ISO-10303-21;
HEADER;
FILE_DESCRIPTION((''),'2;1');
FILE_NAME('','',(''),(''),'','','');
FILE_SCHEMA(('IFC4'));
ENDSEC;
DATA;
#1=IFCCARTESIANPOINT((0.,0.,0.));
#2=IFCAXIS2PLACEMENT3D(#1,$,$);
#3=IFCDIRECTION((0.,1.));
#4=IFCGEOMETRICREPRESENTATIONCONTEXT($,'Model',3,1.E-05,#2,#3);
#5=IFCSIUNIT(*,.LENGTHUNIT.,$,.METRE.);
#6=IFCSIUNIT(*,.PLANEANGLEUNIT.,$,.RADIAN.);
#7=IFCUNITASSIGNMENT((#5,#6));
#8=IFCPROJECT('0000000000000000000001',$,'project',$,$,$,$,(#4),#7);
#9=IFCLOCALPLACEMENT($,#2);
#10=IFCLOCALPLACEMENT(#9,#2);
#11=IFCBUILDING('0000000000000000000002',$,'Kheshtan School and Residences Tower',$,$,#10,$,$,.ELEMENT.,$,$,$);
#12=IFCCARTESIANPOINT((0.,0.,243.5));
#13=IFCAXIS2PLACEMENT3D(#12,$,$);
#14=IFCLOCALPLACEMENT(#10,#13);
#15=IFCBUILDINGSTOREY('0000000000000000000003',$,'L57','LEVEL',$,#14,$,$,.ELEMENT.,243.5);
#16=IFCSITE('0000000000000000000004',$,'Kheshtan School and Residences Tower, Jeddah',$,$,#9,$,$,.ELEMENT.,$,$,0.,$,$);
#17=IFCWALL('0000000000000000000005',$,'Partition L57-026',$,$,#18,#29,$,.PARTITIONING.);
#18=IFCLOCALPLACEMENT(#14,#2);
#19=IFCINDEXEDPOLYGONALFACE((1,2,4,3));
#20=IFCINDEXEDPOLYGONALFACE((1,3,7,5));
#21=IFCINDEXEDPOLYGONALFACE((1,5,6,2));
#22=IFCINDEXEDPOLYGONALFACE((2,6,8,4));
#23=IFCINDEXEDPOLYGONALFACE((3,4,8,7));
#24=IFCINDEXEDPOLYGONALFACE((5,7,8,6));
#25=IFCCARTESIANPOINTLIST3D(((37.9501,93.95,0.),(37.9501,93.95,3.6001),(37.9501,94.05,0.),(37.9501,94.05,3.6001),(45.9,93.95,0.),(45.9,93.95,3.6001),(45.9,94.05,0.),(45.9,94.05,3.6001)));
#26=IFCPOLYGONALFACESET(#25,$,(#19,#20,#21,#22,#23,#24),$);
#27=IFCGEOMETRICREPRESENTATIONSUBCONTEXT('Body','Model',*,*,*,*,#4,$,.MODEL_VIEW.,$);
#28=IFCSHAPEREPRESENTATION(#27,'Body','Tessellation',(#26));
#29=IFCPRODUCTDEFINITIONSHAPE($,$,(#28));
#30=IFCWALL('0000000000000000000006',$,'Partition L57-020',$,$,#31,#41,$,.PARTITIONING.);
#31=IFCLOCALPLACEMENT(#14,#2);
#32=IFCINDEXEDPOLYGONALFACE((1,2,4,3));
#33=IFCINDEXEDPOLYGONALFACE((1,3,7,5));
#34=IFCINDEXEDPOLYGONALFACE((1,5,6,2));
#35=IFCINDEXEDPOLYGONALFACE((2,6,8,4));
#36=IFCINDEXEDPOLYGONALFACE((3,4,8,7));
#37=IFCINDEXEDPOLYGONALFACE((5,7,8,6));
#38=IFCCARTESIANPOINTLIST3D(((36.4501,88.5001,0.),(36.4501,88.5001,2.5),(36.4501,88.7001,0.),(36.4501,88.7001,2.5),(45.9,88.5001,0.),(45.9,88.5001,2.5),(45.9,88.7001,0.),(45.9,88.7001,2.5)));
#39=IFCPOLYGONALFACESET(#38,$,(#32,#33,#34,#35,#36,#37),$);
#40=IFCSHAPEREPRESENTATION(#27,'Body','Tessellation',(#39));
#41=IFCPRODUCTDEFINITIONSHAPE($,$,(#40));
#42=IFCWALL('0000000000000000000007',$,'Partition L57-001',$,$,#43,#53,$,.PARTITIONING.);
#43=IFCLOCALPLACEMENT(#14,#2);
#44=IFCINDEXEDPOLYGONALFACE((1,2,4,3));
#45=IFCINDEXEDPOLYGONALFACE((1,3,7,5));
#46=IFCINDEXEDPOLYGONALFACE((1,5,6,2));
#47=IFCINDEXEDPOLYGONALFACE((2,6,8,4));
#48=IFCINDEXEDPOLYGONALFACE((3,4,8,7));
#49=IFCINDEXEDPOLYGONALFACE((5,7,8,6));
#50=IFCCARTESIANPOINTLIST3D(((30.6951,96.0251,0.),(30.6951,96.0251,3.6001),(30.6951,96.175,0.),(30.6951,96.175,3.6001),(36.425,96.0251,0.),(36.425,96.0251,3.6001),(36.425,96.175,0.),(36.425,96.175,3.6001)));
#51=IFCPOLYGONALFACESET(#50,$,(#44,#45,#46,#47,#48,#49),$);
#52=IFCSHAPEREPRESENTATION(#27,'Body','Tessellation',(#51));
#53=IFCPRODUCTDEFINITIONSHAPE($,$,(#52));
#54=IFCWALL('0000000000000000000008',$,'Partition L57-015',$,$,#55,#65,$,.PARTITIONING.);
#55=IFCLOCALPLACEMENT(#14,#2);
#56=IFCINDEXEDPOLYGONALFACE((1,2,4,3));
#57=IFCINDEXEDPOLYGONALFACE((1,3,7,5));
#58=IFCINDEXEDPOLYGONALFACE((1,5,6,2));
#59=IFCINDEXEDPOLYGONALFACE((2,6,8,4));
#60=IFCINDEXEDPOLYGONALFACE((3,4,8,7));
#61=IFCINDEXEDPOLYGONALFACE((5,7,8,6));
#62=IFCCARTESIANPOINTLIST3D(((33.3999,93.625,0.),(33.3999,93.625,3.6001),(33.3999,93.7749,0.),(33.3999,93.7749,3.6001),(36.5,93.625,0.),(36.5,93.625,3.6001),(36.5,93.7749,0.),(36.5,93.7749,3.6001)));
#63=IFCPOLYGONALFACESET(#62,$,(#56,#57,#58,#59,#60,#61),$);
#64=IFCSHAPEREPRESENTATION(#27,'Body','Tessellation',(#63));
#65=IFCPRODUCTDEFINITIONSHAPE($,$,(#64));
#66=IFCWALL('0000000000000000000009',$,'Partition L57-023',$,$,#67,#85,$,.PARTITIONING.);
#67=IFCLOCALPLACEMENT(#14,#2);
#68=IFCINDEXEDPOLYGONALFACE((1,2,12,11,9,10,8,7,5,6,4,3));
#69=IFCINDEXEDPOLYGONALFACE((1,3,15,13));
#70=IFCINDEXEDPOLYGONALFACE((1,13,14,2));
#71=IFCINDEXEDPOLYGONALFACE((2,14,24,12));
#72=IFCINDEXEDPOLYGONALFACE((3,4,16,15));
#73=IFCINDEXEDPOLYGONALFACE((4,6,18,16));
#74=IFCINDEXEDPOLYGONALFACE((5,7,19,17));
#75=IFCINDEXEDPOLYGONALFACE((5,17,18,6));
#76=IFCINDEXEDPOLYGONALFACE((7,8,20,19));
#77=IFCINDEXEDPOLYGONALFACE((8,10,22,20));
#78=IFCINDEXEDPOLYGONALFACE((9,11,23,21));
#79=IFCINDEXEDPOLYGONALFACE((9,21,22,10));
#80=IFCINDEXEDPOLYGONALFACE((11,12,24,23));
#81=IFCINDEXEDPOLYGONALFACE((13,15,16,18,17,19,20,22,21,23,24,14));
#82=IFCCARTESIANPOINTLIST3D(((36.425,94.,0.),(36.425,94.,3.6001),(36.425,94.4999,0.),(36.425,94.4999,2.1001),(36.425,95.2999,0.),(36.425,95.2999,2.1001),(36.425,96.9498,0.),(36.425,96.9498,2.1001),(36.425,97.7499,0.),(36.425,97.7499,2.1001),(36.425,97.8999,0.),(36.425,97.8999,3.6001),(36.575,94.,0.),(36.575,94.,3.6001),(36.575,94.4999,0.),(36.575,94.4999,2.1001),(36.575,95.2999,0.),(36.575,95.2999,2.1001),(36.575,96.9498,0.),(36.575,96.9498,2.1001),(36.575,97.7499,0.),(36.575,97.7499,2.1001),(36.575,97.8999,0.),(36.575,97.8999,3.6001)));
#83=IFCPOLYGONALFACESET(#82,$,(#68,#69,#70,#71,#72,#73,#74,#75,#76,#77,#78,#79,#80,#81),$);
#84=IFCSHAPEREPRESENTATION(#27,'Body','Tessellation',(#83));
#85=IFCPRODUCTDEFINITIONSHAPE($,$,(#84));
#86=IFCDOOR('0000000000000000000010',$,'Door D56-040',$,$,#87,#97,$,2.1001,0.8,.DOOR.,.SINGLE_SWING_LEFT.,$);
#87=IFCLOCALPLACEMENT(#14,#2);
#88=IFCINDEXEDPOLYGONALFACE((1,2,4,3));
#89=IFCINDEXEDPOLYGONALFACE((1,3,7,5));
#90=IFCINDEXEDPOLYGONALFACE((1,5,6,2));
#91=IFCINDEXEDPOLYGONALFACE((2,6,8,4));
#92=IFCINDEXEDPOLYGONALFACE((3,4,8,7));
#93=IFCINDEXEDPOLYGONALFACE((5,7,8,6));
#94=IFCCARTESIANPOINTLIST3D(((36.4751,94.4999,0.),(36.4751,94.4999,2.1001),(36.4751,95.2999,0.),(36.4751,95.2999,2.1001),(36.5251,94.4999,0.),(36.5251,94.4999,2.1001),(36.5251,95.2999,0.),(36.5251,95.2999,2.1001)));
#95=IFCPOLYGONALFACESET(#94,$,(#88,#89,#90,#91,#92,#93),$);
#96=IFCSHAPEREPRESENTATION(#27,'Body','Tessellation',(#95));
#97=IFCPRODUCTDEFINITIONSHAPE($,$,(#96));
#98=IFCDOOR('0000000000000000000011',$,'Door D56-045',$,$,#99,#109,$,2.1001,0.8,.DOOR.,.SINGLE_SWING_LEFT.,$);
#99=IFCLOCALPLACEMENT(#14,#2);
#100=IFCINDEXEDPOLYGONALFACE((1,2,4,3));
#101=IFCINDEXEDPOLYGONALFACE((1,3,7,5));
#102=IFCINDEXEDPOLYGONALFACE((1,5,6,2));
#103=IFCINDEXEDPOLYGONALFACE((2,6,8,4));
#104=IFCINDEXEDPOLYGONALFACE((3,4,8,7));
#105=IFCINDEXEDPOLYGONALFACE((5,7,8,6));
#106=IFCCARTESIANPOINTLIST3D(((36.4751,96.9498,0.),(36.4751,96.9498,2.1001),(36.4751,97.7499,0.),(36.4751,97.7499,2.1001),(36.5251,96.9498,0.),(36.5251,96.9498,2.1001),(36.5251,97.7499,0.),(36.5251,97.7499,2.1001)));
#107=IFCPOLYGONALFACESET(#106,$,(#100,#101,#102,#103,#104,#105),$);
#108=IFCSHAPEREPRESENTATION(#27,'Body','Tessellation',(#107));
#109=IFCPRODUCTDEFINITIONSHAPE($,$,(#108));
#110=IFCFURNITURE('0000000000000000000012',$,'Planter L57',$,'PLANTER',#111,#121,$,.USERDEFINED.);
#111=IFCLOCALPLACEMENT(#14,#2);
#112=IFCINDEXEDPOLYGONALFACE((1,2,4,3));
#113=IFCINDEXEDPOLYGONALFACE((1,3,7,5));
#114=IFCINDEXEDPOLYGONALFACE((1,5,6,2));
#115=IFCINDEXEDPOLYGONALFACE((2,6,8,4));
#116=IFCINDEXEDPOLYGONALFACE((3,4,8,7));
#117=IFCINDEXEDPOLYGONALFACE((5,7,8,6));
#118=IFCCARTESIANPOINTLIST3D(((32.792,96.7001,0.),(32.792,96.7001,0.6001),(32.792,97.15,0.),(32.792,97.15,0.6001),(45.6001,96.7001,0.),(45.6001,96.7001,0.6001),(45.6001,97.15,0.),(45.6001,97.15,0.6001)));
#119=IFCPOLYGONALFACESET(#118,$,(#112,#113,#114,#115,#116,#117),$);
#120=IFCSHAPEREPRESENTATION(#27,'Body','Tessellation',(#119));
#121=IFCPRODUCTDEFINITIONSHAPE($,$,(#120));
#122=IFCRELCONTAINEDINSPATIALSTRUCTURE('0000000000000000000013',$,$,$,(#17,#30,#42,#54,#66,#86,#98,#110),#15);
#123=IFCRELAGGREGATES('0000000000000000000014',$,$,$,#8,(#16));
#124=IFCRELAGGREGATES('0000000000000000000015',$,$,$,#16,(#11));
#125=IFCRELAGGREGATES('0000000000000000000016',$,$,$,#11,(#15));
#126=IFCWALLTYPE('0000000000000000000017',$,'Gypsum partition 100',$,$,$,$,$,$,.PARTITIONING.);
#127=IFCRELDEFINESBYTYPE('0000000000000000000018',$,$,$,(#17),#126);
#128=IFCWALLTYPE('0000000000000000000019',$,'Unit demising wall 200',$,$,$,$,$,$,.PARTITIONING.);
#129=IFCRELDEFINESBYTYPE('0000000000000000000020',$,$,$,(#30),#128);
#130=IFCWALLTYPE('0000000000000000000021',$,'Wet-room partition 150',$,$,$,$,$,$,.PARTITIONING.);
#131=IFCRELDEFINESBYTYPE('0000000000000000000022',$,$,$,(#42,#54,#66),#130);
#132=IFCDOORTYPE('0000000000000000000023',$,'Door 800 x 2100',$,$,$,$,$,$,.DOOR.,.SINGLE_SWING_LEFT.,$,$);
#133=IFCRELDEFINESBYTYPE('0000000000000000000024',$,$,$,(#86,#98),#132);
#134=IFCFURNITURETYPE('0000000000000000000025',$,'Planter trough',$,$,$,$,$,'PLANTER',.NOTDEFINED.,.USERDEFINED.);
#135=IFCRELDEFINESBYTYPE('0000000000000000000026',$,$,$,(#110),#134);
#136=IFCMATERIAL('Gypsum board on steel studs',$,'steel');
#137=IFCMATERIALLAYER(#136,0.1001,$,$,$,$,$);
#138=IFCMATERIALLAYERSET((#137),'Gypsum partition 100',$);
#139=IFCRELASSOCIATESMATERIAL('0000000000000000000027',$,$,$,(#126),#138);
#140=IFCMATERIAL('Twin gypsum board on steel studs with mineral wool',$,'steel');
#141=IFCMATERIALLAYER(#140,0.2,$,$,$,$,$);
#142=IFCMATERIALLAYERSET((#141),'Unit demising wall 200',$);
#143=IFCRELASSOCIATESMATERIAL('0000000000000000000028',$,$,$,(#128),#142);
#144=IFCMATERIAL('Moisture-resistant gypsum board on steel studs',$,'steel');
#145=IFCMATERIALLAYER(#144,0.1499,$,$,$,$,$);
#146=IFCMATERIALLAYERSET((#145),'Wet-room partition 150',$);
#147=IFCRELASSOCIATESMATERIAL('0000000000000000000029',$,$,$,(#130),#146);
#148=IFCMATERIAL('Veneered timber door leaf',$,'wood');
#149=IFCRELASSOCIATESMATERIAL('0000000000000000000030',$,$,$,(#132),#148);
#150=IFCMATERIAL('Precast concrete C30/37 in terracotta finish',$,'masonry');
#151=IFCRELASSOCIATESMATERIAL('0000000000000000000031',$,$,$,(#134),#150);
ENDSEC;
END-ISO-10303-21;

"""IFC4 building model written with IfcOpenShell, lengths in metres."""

from ifc_helpers import new_model, si_unit, direction, frame, frame_2d, origin, origin_2d, place, context, subcontext, project, spatial, rectangle, extrude, source, transform, mapped, material, layer, layer_set, type_object, element, fill, save


model = new_model("IFC4")

# Units and contexts
model_context = context("Model", 3, precision=1e-05, world=origin(), true_north=direction((0.0, 1.0)))
body_context = subcontext(model_context, "Body", "Model", "MODEL_VIEW")
ifc_project = project(units=[si_unit("LENGTHUNIT", "METRE"), si_unit("PLANEANGLEUNIT", "RADIAN")], contexts=[model_context])

# Site, building, storey
site_placement = place(None, origin())
site = spatial("IfcSite", under=ifc_project, at=site_placement, Name="Kheshtan School and Residences Tower, Jeddah", CompositionType="ELEMENT", RefElevation=0.0)
building_placement = place(site_placement, origin())
building = spatial("IfcBuilding", under=site, at=building_placement, Name="Kheshtan School and Residences Tower", CompositionType="ELEMENT")
storey_placement = place(building_placement, frame((0.0, 0.0, 243.5)))
storey = spatial("IfcBuildingStorey", under=building, at=storey_placement, Name="L57", Description="LEVEL", CompositionType="ELEMENT", Elevation=243.5)

# Shared definitions
ifc_material_1 = material(Name="Gypsum board on steel studs", Category="steel")
ifc_layer_1 = layer(ifc_material_1, 0.1001)
ifc_layer_set_1 = layer_set([ifc_layer_1], Name="Gypsum partition 100")
wall_type_1 = type_object("IfcWallType", Name="Gypsum partition 100", PredefinedType="PARTITIONING", material=ifc_layer_set_1)

# Shared definitions
ifc_material_2 = material(Name="Veneered timber door leaf", Category="wood")

# Walls
wall_1_placement = place(storey_placement, frame((37.95, 94.0, 0.0), z_axis=(0.0, 0.0, 1.0), x_axis=(1.0, 0.0, 0.0)))
element("IfcWall", 1, at=wall_1_placement, inside=storey, type_object=wall_type_1, Name="Partition L57-026", PredefinedType="PARTITIONING", context=body_context, shape_type="SweptSolid", body=[
    extrude(rectangle(XDim=7.95, YDim=0.1001, at=frame_2d((3.9751, 0.0))), origin(), (0.0, 0.0, 1.0), 3.6001),
])
ifc_material_3 = material(Name="Twin gypsum board on steel studs with mineral wool", Category="steel")
ifc_layer_2 = layer(ifc_material_3, 0.2)
ifc_layer_set_2 = layer_set([ifc_layer_2], Name="Unit demising wall 200")
wall_type_2 = type_object("IfcWallType", Name="Unit demising wall 200", PredefinedType="PARTITIONING", material=ifc_layer_set_2)
wall_2_placement = place(storey_placement, frame((36.45, 88.6001, 0.0), z_axis=(0.0, 0.0, 1.0), x_axis=(1.0, 0.0, 0.0)))
element("IfcWall", 2, at=wall_2_placement, inside=storey, type_object=wall_type_2, Name="Partition L57-020", PredefinedType="PARTITIONING", context=body_context, shape_type="SweptSolid", body=[
    extrude(rectangle(XDim=9.45, YDim=0.2, at=frame_2d((4.7251, 0.0))), origin(), (0.0, 0.0, 1.0), 2.5),
])
ifc_material_4 = material(Name="Moisture-resistant gypsum board on steel studs", Category="steel")
ifc_layer_3 = layer(ifc_material_4, 0.1499)
ifc_layer_set_3 = layer_set([ifc_layer_3], Name="Wet-room partition 150")
wall_type_3 = type_object("IfcWallType", Name="Wet-room partition 150", PredefinedType="PARTITIONING", material=ifc_layer_set_3)
wall_3_placement = place(storey_placement, frame((30.6951, 96.1001, 0.0), z_axis=(0.0, 0.0, 1.0), x_axis=(1.0, 0.0, 0.0)))
element("IfcWall", 3, at=wall_3_placement, inside=storey, type_object=wall_type_3, Name="Partition L57-001", PredefinedType="PARTITIONING", context=body_context, shape_type="SweptSolid", body=[
    extrude(rectangle(XDim=5.73, YDim=0.1499, at=frame_2d((2.865, 0.0))), origin(), (0.0, 0.0, 1.0), 3.6001),
])
wall_4_placement = place(storey_placement, frame((33.3999, 93.7, 0.0), z_axis=(0.0, 0.0, 1.0), x_axis=(1.0, 0.0, 0.0)))
element("IfcWall", 4, at=wall_4_placement, inside=storey, type_object=wall_type_3, Name="Partition L57-015", PredefinedType="PARTITIONING", context=body_context, shape_type="SweptSolid", body=[
    extrude(rectangle(XDim=3.1001, YDim=0.1499, at=frame_2d((1.55, 0.0))), origin(), (0.0, 0.0, 1.0), 3.6001),
])

# Wall, openings, doors
wall_5_placement = place(storey_placement, frame((36.5, 94.0, 0.0), z_axis=(0.0, 0.0, 1.0), x_axis=(0.0, 1.0, 0.0)))
wall_5 = element("IfcWall", 5, at=wall_5_placement, inside=storey, type_object=wall_type_3, Name="Partition L57-023", PredefinedType="PARTITIONING", context=body_context, shape_type="SweptSolid", body=[
    extrude(rectangle(XDim=3.8999, YDim=0.1499, at=frame_2d((1.95, 0.0))), origin(), (0.0, 0.0, 1.0), 3.6001),
])
opening_1_placement = place(wall_5_placement, frame((0.5, 0.0, 0.0)))
opening_1 = element("IfcOpeningElement", 6, at=opening_1_placement, cuts=wall_5, PredefinedType="OPENING", context=body_context, shape_type="SweptSolid", body=[
    extrude(rectangle(XDim=0.8, YDim=2.1001, at=frame_2d((0.3999, 1.05))), frame((0.0, 0.085, 0.0), z_axis=(0.0, -1.0, 0.0), x_axis=(1.0, 0.0, 0.0)), (0.0, 0.0, 1.0), 0.1699),
])
opening_2_placement = place(wall_5_placement, frame((2.95, 0.0, 0.0)))
opening_2 = element("IfcOpeningElement", 7, at=opening_2_placement, cuts=wall_5, PredefinedType="OPENING", context=body_context, shape_type="SweptSolid", body=[
    extrude(rectangle(XDim=0.8, YDim=2.1001, at=frame_2d((0.3999, 1.05))), frame((0.0, 0.085, 0.0), z_axis=(0.0, -1.0, 0.0), x_axis=(1.0, 0.0, 0.0)), (0.0, 0.0, 1.0), 0.1699),
])
door_type_1 = type_object("IfcDoorType", Name="Door 800 x 2100", OperationType="SINGLE_SWING_LEFT", PredefinedType="DOOR", material=ifc_material_2)
shared_shape_1 = source(origin(), body_context, "Body", "SweptSolid", [
    extrude(rectangle(XDim=0.8, YDim=2.1001, at=frame_2d((0.3999, 1.05))), frame((0.0, 0.0249, 0.0), z_axis=(0.0, -1.0, 0.0), x_axis=(1.0, 0.0, 0.0)), (0.0, 0.0, 1.0), 0.05),
])
door_1_placement = place(opening_1_placement, origin())
door_1 = element("IfcDoor", 8, at=door_1_placement, inside=storey, type_object=door_type_1, Name="Door D56-040", OperationType="SINGLE_SWING_LEFT", OverallHeight=2.1001, OverallWidth=0.8, PredefinedType="DOOR", context=body_context, shape_type="MappedRepresentation", body=[
    mapped(shared_shape_1, transform((0.0, 0.0, 0.0), x_axis=(1.0, 0.0, 0.0), y_axis=(0.0, 1.0, 0.0), z_axis=(0.0, 0.0, 1.0), scale=1.0)),
])
fill(opening_1, door_1)
door_2_placement = place(opening_2_placement, origin())
door_2 = element("IfcDoor", 9, at=door_2_placement, inside=storey, type_object=door_type_1, Name="Door D56-045", OperationType="SINGLE_SWING_LEFT", OverallHeight=2.1001, OverallWidth=0.8, PredefinedType="DOOR", context=body_context, shape_type="MappedRepresentation", body=[
    mapped(shared_shape_1, transform((0.0, 0.0, 0.0), x_axis=(1.0, 0.0, 0.0), y_axis=(0.0, 1.0, 0.0), z_axis=(0.0, 0.0, 1.0), scale=1.0)),
])
fill(opening_2, door_2)

# Furniture
ifc_material_5 = material(Name="Precast concrete C30/37 in terracotta finish", Category="masonry")
furniture_type = type_object("IfcFurnitureType", Name="Planter trough", ElementType="PLANTER", AssemblyPlace="NOTDEFINED", PredefinedType="USERDEFINED", material=ifc_material_5)
furniture_placement = place(storey_placement, frame((39.196, 96.925, 0.0), z_axis=(0.0, 0.0, 1.0), x_axis=(1.0, 0.0, 0.0)))
element("IfcFurniture", 10, at=furniture_placement, inside=storey, type_object=furniture_type, Name="Planter L57", ObjectType="PLANTER", PredefinedType="USERDEFINED", context=body_context, shape_type="SweptSolid", body=[
    extrude(rectangle(XDim=12.8081, YDim=0.45, at=origin_2d()), origin(), (0.0, 0.0, 1.0), 0.6001),
])

save(model, "model.ifc")
